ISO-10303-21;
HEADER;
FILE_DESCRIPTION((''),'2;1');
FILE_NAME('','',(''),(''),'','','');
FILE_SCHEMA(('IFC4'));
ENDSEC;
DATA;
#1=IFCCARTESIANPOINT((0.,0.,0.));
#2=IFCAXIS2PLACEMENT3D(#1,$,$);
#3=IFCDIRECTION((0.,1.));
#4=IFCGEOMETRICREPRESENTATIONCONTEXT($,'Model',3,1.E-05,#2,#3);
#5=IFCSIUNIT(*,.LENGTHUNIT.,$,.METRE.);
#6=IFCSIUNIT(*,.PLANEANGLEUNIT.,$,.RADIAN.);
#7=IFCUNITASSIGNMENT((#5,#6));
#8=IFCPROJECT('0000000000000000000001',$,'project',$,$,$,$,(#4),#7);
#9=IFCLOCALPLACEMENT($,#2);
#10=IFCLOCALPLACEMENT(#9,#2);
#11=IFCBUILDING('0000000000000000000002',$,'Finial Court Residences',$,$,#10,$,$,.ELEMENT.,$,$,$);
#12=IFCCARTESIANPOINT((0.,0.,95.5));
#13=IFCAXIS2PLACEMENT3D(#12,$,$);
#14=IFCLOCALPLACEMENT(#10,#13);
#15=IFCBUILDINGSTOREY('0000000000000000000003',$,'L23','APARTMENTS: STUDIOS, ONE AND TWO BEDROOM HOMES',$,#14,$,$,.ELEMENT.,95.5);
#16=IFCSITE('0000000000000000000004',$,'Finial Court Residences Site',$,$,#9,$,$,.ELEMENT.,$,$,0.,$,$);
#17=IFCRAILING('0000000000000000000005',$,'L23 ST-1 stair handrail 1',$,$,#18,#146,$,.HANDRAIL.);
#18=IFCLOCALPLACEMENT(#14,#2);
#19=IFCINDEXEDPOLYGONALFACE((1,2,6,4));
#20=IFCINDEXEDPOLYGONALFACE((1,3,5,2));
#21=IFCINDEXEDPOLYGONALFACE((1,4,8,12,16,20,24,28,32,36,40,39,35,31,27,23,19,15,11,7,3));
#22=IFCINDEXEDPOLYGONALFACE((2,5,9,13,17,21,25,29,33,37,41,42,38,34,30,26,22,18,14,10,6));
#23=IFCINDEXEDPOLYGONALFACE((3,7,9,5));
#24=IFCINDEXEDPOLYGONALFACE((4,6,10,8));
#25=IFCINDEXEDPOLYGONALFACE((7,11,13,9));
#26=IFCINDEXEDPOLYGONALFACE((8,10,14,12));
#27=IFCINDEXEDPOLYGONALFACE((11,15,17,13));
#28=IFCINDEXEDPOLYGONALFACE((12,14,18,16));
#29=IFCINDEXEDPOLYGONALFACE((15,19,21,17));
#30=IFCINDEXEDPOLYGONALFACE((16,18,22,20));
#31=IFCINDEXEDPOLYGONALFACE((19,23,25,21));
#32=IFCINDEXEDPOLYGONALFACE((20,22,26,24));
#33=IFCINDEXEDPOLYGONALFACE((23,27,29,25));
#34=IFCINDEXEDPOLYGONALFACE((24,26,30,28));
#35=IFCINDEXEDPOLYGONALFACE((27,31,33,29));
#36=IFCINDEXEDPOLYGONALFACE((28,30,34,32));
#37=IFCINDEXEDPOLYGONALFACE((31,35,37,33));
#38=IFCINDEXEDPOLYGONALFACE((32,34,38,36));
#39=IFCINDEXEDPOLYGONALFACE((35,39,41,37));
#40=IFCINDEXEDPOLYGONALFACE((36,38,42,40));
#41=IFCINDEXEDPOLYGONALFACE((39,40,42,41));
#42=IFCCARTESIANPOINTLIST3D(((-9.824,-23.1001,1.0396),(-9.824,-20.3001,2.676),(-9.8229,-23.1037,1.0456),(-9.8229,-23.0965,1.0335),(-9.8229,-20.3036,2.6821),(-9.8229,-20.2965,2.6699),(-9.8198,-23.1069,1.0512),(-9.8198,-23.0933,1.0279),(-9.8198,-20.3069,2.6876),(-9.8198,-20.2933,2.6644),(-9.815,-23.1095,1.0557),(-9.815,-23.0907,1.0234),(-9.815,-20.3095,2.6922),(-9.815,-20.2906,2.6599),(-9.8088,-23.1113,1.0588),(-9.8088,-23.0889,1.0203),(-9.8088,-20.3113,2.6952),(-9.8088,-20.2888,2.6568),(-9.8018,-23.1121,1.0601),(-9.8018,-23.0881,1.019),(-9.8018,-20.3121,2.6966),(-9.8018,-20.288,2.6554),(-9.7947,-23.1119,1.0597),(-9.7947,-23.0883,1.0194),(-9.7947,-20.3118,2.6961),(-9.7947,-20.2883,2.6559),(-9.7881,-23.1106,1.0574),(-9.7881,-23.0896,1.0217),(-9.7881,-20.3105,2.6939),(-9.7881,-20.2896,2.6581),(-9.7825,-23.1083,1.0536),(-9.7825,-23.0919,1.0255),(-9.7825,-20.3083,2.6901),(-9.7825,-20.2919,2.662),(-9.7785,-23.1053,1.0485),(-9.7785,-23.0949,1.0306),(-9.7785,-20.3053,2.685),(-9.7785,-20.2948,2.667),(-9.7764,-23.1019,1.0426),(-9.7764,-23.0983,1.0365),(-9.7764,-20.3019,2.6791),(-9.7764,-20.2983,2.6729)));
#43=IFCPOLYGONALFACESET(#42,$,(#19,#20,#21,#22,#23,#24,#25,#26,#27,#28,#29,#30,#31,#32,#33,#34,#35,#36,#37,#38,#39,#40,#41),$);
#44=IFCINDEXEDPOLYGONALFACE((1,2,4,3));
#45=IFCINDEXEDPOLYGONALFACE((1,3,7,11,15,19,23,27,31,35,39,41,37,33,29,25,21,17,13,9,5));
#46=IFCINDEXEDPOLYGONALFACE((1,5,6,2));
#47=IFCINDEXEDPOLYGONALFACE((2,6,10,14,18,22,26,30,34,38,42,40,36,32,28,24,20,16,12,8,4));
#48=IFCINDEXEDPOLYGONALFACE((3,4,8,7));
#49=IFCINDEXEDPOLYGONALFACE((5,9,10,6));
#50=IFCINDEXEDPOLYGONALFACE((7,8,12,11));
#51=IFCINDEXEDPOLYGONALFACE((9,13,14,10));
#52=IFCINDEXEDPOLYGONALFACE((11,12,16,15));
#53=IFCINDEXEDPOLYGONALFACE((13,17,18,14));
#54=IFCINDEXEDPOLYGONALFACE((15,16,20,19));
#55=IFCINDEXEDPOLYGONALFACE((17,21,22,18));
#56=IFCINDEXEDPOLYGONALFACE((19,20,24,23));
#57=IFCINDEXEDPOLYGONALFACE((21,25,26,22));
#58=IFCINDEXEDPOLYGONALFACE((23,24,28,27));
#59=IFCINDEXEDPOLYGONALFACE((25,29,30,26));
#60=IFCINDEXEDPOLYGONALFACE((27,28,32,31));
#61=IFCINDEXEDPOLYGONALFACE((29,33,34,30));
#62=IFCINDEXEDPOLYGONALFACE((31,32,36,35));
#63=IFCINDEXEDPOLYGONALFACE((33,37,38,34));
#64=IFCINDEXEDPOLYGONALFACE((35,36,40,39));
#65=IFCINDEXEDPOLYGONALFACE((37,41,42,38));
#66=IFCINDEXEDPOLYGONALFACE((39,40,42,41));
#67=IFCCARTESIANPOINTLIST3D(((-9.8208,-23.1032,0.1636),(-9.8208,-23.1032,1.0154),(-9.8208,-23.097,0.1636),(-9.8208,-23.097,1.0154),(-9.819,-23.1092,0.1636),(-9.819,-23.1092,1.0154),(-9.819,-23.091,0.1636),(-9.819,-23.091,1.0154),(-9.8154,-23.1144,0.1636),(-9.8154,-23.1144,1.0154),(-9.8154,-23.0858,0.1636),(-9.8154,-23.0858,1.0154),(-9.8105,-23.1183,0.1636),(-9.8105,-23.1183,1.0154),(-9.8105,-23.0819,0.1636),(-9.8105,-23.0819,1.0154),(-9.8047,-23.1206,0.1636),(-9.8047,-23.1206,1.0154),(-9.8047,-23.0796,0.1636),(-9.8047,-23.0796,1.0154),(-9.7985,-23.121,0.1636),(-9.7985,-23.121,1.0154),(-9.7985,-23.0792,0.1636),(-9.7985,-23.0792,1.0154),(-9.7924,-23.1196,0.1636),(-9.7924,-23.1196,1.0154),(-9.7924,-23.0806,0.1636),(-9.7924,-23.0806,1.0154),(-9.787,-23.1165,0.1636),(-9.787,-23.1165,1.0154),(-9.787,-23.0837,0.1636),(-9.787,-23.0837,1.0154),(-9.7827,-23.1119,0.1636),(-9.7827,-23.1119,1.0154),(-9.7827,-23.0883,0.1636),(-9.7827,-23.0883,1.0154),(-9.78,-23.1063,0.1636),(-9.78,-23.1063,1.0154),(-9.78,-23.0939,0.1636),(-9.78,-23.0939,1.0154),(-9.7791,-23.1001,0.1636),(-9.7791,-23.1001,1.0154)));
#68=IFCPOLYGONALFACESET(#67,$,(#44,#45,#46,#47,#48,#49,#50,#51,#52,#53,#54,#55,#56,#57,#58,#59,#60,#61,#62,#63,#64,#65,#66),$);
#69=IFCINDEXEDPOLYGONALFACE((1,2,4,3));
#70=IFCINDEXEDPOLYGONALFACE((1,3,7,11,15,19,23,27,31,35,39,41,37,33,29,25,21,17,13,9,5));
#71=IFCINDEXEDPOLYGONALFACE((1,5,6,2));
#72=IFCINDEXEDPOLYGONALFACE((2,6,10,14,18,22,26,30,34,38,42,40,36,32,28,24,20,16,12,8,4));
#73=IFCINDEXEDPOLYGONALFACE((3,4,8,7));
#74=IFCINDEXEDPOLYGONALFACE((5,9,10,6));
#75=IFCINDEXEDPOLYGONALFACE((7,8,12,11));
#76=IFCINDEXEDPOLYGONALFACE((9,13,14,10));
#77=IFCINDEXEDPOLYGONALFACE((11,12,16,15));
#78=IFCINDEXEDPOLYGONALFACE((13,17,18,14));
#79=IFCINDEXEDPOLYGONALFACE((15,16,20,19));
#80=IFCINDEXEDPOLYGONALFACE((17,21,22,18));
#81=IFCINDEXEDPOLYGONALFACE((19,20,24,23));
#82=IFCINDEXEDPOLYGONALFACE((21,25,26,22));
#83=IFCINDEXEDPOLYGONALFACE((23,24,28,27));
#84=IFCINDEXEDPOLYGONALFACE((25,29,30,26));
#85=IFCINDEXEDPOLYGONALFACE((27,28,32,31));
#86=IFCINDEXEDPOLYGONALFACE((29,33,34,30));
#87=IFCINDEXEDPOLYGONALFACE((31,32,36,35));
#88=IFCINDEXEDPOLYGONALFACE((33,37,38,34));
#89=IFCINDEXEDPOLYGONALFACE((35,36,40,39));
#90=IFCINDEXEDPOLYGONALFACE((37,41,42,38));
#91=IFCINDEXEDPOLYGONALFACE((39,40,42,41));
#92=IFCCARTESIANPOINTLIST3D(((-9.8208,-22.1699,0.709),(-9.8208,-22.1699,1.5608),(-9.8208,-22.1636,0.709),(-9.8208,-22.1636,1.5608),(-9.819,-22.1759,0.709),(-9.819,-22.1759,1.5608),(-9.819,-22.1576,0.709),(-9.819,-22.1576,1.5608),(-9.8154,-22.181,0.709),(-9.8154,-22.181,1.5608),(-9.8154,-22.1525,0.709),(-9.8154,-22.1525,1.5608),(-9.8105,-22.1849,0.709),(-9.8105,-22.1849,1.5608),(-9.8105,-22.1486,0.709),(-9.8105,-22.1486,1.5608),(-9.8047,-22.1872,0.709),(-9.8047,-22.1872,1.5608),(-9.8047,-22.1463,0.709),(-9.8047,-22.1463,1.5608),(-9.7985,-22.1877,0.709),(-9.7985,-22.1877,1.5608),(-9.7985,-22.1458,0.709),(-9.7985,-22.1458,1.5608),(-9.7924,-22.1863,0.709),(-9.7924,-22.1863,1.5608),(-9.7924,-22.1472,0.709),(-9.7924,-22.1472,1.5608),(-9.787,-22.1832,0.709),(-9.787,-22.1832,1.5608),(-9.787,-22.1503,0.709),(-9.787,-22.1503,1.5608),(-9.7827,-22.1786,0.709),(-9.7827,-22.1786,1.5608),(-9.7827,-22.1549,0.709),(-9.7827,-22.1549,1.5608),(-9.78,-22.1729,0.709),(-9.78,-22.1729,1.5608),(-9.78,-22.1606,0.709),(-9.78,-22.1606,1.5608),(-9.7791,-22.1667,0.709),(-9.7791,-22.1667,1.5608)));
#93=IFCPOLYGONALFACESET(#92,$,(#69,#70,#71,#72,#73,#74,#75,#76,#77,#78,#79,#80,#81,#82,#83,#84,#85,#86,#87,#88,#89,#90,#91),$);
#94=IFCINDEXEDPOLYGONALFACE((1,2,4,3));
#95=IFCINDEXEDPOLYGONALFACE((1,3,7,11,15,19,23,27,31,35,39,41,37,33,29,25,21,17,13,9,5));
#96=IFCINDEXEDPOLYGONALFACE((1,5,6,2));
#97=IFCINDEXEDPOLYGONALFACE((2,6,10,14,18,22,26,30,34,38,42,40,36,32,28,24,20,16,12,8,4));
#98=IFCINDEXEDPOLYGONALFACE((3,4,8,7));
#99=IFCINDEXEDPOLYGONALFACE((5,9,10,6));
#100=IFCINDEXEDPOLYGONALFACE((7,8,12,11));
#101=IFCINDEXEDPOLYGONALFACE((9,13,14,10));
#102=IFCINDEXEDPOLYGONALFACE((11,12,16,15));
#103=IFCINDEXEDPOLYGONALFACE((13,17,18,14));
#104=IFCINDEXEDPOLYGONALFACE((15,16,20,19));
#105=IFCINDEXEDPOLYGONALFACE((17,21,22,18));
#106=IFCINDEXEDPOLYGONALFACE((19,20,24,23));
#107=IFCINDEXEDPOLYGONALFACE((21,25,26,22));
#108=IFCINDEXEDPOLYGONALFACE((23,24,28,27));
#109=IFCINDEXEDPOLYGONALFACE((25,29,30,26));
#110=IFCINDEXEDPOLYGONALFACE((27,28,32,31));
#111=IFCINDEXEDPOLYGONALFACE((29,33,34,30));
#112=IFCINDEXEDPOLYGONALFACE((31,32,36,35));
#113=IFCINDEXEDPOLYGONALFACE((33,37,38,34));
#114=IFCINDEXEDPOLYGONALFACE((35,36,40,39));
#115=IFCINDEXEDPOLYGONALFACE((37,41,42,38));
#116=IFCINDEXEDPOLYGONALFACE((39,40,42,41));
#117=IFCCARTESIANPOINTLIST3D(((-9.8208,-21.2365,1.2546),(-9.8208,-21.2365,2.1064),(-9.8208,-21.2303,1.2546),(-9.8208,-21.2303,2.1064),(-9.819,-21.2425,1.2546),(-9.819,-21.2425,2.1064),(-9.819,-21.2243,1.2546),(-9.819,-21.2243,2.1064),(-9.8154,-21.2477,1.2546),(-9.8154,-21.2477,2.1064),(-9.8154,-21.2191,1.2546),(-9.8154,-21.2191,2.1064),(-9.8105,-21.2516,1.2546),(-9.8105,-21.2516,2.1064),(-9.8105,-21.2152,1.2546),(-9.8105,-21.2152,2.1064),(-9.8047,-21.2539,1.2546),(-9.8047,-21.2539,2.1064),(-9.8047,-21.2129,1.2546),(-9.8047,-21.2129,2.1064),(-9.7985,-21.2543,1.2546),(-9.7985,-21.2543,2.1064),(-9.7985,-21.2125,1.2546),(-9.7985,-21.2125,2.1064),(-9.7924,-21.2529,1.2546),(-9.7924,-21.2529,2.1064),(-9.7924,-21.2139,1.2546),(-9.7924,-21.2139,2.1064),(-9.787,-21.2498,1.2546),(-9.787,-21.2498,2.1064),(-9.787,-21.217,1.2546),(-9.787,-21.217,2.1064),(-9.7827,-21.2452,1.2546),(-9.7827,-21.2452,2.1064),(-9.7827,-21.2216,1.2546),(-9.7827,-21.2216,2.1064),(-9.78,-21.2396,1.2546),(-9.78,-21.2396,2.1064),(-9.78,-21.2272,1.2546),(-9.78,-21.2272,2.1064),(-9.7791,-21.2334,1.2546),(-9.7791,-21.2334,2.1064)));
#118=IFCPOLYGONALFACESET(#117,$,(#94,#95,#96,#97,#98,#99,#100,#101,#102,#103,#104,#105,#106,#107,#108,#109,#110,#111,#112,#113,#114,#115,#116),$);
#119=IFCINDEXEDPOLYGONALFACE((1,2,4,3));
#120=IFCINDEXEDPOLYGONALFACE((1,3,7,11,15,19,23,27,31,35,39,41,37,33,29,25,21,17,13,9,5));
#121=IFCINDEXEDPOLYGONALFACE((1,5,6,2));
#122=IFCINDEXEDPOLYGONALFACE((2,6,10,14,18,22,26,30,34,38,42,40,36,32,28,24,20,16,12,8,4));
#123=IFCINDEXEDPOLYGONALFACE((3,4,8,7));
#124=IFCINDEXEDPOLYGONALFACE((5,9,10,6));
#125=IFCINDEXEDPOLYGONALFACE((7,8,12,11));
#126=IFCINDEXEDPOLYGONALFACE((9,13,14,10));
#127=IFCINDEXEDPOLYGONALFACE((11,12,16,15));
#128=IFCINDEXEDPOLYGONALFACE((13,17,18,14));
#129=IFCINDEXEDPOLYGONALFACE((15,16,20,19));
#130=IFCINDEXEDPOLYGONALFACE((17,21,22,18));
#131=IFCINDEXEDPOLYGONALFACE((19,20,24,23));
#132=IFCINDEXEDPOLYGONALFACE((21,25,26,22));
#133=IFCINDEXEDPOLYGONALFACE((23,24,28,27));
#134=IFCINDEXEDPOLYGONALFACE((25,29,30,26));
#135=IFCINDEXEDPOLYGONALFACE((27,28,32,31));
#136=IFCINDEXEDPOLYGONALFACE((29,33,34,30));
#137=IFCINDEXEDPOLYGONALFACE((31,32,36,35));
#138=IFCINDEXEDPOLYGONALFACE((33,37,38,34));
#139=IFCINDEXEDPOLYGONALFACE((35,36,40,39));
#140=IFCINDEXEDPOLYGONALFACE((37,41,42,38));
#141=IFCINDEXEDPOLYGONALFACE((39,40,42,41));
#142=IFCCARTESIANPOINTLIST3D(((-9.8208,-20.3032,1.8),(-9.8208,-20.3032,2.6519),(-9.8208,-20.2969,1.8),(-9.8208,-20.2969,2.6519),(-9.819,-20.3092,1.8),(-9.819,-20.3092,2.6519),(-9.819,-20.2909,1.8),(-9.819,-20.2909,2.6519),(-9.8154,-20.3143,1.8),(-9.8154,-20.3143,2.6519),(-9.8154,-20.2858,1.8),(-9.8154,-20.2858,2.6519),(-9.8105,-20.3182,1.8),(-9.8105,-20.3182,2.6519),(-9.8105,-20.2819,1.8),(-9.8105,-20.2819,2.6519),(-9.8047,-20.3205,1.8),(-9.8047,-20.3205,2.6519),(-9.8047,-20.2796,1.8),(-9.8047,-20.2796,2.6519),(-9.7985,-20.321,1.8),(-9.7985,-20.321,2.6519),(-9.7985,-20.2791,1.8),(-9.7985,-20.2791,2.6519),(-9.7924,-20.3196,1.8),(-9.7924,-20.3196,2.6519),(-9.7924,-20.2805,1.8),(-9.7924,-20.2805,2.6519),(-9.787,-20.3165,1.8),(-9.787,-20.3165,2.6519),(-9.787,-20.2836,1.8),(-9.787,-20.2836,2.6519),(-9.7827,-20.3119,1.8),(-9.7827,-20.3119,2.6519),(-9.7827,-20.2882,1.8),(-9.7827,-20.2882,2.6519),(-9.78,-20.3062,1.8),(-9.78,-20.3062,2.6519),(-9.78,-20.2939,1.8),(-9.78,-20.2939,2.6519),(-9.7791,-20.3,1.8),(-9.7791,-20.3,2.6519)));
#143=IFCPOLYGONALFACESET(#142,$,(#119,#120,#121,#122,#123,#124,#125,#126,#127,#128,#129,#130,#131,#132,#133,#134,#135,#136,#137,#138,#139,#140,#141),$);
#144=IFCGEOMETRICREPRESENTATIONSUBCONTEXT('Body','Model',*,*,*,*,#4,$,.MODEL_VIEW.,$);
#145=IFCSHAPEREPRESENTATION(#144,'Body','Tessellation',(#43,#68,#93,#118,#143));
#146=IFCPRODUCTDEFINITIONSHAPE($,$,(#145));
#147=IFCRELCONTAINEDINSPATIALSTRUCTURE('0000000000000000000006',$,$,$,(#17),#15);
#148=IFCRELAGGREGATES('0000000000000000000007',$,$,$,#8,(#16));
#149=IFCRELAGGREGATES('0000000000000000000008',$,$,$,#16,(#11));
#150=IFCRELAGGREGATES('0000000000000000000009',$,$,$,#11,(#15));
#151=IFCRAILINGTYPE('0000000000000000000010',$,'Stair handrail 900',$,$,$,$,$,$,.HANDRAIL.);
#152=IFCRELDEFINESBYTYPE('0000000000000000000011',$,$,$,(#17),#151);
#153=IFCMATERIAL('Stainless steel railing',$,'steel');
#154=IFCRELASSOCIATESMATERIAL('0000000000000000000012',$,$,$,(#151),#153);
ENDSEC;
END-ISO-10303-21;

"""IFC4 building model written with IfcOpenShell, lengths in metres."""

from ifc_helpers import new_model, si_unit, direction, frame, origin, origin_2d, place, context, subcontext, project, spatial, circle, extrude, material, type_object, element, save


model = new_model("IFC4")

# Units and contexts
model_context = context("Model", 3, precision=1e-05, world=origin(), true_north=direction((0.0, 1.0)))
body_context = subcontext(model_context, "Body", "Model", "MODEL_VIEW")
ifc_project = project(units=[si_unit("LENGTHUNIT", "METRE"), si_unit("PLANEANGLEUNIT", "RADIAN")], contexts=[model_context])

# Site, building, storey
site_placement = place(None, origin())
site = spatial("IfcSite", under=ifc_project, at=site_placement, Name="Finial Court Residences Site", CompositionType="ELEMENT", RefElevation=0.0)
building_placement = place(site_placement, origin())
building = spatial("IfcBuilding", under=site, at=building_placement, Name="Finial Court Residences", CompositionType="ELEMENT")
storey_placement = place(building_placement, frame((0.0, 0.0, 95.5)))
storey = spatial("IfcBuildingStorey", under=building, at=storey_placement, Name="L23", Description="APARTMENTS: STUDIOS, ONE AND TWO BEDROOM HOMES", CompositionType="ELEMENT", Elevation=95.5)

# Railing
ifc_material_1 = material(Name="Stainless steel railing", Category="steel")
railing_type_1 = type_object("IfcRailingType", Name="Stair handrail 900", PredefinedType="HANDRAIL", material=ifc_material_1)
railing_1_placement = place(storey_placement, frame((-9.8, -23.1001, 0.1636)))
element("IfcRailing", 1, at=railing_1_placement, inside=storey, type_object=railing_type_1, Name="L23 ST-1 stair handrail 1", PredefinedType="HANDRAIL", context=body_context, shape_type="SweptSolid", body=[
    extrude(circle(Radius=0.0239, at=origin_2d()), frame((0.0, 0.0, 0.876), z_axis=(0.0, 0.863361, 0.504587), x_axis=(-1.0, 0.0, 0.0)), (0.0, 0.0, 1.0), 3.2432),
    extrude(circle(Radius=0.021, at=origin_2d()), origin(), (0.0, 0.0, 1.0), 0.8518),
    extrude(circle(Radius=0.021, at=origin_2d()), frame((0.0, 0.9333, 0.5454)), (0.0, 0.0, 1.0), 0.8518),
    extrude(circle(Radius=0.021, at=origin_2d()), frame((0.0, 1.8667, 1.0911)), (0.0, 0.0, 1.0), 0.8518),
    extrude(circle(Radius=0.021, at=origin_2d()), frame((0.0, 2.8, 1.6365)), (0.0, 0.0, 1.0), 0.8518),
])

save(model, "model.ifc")
